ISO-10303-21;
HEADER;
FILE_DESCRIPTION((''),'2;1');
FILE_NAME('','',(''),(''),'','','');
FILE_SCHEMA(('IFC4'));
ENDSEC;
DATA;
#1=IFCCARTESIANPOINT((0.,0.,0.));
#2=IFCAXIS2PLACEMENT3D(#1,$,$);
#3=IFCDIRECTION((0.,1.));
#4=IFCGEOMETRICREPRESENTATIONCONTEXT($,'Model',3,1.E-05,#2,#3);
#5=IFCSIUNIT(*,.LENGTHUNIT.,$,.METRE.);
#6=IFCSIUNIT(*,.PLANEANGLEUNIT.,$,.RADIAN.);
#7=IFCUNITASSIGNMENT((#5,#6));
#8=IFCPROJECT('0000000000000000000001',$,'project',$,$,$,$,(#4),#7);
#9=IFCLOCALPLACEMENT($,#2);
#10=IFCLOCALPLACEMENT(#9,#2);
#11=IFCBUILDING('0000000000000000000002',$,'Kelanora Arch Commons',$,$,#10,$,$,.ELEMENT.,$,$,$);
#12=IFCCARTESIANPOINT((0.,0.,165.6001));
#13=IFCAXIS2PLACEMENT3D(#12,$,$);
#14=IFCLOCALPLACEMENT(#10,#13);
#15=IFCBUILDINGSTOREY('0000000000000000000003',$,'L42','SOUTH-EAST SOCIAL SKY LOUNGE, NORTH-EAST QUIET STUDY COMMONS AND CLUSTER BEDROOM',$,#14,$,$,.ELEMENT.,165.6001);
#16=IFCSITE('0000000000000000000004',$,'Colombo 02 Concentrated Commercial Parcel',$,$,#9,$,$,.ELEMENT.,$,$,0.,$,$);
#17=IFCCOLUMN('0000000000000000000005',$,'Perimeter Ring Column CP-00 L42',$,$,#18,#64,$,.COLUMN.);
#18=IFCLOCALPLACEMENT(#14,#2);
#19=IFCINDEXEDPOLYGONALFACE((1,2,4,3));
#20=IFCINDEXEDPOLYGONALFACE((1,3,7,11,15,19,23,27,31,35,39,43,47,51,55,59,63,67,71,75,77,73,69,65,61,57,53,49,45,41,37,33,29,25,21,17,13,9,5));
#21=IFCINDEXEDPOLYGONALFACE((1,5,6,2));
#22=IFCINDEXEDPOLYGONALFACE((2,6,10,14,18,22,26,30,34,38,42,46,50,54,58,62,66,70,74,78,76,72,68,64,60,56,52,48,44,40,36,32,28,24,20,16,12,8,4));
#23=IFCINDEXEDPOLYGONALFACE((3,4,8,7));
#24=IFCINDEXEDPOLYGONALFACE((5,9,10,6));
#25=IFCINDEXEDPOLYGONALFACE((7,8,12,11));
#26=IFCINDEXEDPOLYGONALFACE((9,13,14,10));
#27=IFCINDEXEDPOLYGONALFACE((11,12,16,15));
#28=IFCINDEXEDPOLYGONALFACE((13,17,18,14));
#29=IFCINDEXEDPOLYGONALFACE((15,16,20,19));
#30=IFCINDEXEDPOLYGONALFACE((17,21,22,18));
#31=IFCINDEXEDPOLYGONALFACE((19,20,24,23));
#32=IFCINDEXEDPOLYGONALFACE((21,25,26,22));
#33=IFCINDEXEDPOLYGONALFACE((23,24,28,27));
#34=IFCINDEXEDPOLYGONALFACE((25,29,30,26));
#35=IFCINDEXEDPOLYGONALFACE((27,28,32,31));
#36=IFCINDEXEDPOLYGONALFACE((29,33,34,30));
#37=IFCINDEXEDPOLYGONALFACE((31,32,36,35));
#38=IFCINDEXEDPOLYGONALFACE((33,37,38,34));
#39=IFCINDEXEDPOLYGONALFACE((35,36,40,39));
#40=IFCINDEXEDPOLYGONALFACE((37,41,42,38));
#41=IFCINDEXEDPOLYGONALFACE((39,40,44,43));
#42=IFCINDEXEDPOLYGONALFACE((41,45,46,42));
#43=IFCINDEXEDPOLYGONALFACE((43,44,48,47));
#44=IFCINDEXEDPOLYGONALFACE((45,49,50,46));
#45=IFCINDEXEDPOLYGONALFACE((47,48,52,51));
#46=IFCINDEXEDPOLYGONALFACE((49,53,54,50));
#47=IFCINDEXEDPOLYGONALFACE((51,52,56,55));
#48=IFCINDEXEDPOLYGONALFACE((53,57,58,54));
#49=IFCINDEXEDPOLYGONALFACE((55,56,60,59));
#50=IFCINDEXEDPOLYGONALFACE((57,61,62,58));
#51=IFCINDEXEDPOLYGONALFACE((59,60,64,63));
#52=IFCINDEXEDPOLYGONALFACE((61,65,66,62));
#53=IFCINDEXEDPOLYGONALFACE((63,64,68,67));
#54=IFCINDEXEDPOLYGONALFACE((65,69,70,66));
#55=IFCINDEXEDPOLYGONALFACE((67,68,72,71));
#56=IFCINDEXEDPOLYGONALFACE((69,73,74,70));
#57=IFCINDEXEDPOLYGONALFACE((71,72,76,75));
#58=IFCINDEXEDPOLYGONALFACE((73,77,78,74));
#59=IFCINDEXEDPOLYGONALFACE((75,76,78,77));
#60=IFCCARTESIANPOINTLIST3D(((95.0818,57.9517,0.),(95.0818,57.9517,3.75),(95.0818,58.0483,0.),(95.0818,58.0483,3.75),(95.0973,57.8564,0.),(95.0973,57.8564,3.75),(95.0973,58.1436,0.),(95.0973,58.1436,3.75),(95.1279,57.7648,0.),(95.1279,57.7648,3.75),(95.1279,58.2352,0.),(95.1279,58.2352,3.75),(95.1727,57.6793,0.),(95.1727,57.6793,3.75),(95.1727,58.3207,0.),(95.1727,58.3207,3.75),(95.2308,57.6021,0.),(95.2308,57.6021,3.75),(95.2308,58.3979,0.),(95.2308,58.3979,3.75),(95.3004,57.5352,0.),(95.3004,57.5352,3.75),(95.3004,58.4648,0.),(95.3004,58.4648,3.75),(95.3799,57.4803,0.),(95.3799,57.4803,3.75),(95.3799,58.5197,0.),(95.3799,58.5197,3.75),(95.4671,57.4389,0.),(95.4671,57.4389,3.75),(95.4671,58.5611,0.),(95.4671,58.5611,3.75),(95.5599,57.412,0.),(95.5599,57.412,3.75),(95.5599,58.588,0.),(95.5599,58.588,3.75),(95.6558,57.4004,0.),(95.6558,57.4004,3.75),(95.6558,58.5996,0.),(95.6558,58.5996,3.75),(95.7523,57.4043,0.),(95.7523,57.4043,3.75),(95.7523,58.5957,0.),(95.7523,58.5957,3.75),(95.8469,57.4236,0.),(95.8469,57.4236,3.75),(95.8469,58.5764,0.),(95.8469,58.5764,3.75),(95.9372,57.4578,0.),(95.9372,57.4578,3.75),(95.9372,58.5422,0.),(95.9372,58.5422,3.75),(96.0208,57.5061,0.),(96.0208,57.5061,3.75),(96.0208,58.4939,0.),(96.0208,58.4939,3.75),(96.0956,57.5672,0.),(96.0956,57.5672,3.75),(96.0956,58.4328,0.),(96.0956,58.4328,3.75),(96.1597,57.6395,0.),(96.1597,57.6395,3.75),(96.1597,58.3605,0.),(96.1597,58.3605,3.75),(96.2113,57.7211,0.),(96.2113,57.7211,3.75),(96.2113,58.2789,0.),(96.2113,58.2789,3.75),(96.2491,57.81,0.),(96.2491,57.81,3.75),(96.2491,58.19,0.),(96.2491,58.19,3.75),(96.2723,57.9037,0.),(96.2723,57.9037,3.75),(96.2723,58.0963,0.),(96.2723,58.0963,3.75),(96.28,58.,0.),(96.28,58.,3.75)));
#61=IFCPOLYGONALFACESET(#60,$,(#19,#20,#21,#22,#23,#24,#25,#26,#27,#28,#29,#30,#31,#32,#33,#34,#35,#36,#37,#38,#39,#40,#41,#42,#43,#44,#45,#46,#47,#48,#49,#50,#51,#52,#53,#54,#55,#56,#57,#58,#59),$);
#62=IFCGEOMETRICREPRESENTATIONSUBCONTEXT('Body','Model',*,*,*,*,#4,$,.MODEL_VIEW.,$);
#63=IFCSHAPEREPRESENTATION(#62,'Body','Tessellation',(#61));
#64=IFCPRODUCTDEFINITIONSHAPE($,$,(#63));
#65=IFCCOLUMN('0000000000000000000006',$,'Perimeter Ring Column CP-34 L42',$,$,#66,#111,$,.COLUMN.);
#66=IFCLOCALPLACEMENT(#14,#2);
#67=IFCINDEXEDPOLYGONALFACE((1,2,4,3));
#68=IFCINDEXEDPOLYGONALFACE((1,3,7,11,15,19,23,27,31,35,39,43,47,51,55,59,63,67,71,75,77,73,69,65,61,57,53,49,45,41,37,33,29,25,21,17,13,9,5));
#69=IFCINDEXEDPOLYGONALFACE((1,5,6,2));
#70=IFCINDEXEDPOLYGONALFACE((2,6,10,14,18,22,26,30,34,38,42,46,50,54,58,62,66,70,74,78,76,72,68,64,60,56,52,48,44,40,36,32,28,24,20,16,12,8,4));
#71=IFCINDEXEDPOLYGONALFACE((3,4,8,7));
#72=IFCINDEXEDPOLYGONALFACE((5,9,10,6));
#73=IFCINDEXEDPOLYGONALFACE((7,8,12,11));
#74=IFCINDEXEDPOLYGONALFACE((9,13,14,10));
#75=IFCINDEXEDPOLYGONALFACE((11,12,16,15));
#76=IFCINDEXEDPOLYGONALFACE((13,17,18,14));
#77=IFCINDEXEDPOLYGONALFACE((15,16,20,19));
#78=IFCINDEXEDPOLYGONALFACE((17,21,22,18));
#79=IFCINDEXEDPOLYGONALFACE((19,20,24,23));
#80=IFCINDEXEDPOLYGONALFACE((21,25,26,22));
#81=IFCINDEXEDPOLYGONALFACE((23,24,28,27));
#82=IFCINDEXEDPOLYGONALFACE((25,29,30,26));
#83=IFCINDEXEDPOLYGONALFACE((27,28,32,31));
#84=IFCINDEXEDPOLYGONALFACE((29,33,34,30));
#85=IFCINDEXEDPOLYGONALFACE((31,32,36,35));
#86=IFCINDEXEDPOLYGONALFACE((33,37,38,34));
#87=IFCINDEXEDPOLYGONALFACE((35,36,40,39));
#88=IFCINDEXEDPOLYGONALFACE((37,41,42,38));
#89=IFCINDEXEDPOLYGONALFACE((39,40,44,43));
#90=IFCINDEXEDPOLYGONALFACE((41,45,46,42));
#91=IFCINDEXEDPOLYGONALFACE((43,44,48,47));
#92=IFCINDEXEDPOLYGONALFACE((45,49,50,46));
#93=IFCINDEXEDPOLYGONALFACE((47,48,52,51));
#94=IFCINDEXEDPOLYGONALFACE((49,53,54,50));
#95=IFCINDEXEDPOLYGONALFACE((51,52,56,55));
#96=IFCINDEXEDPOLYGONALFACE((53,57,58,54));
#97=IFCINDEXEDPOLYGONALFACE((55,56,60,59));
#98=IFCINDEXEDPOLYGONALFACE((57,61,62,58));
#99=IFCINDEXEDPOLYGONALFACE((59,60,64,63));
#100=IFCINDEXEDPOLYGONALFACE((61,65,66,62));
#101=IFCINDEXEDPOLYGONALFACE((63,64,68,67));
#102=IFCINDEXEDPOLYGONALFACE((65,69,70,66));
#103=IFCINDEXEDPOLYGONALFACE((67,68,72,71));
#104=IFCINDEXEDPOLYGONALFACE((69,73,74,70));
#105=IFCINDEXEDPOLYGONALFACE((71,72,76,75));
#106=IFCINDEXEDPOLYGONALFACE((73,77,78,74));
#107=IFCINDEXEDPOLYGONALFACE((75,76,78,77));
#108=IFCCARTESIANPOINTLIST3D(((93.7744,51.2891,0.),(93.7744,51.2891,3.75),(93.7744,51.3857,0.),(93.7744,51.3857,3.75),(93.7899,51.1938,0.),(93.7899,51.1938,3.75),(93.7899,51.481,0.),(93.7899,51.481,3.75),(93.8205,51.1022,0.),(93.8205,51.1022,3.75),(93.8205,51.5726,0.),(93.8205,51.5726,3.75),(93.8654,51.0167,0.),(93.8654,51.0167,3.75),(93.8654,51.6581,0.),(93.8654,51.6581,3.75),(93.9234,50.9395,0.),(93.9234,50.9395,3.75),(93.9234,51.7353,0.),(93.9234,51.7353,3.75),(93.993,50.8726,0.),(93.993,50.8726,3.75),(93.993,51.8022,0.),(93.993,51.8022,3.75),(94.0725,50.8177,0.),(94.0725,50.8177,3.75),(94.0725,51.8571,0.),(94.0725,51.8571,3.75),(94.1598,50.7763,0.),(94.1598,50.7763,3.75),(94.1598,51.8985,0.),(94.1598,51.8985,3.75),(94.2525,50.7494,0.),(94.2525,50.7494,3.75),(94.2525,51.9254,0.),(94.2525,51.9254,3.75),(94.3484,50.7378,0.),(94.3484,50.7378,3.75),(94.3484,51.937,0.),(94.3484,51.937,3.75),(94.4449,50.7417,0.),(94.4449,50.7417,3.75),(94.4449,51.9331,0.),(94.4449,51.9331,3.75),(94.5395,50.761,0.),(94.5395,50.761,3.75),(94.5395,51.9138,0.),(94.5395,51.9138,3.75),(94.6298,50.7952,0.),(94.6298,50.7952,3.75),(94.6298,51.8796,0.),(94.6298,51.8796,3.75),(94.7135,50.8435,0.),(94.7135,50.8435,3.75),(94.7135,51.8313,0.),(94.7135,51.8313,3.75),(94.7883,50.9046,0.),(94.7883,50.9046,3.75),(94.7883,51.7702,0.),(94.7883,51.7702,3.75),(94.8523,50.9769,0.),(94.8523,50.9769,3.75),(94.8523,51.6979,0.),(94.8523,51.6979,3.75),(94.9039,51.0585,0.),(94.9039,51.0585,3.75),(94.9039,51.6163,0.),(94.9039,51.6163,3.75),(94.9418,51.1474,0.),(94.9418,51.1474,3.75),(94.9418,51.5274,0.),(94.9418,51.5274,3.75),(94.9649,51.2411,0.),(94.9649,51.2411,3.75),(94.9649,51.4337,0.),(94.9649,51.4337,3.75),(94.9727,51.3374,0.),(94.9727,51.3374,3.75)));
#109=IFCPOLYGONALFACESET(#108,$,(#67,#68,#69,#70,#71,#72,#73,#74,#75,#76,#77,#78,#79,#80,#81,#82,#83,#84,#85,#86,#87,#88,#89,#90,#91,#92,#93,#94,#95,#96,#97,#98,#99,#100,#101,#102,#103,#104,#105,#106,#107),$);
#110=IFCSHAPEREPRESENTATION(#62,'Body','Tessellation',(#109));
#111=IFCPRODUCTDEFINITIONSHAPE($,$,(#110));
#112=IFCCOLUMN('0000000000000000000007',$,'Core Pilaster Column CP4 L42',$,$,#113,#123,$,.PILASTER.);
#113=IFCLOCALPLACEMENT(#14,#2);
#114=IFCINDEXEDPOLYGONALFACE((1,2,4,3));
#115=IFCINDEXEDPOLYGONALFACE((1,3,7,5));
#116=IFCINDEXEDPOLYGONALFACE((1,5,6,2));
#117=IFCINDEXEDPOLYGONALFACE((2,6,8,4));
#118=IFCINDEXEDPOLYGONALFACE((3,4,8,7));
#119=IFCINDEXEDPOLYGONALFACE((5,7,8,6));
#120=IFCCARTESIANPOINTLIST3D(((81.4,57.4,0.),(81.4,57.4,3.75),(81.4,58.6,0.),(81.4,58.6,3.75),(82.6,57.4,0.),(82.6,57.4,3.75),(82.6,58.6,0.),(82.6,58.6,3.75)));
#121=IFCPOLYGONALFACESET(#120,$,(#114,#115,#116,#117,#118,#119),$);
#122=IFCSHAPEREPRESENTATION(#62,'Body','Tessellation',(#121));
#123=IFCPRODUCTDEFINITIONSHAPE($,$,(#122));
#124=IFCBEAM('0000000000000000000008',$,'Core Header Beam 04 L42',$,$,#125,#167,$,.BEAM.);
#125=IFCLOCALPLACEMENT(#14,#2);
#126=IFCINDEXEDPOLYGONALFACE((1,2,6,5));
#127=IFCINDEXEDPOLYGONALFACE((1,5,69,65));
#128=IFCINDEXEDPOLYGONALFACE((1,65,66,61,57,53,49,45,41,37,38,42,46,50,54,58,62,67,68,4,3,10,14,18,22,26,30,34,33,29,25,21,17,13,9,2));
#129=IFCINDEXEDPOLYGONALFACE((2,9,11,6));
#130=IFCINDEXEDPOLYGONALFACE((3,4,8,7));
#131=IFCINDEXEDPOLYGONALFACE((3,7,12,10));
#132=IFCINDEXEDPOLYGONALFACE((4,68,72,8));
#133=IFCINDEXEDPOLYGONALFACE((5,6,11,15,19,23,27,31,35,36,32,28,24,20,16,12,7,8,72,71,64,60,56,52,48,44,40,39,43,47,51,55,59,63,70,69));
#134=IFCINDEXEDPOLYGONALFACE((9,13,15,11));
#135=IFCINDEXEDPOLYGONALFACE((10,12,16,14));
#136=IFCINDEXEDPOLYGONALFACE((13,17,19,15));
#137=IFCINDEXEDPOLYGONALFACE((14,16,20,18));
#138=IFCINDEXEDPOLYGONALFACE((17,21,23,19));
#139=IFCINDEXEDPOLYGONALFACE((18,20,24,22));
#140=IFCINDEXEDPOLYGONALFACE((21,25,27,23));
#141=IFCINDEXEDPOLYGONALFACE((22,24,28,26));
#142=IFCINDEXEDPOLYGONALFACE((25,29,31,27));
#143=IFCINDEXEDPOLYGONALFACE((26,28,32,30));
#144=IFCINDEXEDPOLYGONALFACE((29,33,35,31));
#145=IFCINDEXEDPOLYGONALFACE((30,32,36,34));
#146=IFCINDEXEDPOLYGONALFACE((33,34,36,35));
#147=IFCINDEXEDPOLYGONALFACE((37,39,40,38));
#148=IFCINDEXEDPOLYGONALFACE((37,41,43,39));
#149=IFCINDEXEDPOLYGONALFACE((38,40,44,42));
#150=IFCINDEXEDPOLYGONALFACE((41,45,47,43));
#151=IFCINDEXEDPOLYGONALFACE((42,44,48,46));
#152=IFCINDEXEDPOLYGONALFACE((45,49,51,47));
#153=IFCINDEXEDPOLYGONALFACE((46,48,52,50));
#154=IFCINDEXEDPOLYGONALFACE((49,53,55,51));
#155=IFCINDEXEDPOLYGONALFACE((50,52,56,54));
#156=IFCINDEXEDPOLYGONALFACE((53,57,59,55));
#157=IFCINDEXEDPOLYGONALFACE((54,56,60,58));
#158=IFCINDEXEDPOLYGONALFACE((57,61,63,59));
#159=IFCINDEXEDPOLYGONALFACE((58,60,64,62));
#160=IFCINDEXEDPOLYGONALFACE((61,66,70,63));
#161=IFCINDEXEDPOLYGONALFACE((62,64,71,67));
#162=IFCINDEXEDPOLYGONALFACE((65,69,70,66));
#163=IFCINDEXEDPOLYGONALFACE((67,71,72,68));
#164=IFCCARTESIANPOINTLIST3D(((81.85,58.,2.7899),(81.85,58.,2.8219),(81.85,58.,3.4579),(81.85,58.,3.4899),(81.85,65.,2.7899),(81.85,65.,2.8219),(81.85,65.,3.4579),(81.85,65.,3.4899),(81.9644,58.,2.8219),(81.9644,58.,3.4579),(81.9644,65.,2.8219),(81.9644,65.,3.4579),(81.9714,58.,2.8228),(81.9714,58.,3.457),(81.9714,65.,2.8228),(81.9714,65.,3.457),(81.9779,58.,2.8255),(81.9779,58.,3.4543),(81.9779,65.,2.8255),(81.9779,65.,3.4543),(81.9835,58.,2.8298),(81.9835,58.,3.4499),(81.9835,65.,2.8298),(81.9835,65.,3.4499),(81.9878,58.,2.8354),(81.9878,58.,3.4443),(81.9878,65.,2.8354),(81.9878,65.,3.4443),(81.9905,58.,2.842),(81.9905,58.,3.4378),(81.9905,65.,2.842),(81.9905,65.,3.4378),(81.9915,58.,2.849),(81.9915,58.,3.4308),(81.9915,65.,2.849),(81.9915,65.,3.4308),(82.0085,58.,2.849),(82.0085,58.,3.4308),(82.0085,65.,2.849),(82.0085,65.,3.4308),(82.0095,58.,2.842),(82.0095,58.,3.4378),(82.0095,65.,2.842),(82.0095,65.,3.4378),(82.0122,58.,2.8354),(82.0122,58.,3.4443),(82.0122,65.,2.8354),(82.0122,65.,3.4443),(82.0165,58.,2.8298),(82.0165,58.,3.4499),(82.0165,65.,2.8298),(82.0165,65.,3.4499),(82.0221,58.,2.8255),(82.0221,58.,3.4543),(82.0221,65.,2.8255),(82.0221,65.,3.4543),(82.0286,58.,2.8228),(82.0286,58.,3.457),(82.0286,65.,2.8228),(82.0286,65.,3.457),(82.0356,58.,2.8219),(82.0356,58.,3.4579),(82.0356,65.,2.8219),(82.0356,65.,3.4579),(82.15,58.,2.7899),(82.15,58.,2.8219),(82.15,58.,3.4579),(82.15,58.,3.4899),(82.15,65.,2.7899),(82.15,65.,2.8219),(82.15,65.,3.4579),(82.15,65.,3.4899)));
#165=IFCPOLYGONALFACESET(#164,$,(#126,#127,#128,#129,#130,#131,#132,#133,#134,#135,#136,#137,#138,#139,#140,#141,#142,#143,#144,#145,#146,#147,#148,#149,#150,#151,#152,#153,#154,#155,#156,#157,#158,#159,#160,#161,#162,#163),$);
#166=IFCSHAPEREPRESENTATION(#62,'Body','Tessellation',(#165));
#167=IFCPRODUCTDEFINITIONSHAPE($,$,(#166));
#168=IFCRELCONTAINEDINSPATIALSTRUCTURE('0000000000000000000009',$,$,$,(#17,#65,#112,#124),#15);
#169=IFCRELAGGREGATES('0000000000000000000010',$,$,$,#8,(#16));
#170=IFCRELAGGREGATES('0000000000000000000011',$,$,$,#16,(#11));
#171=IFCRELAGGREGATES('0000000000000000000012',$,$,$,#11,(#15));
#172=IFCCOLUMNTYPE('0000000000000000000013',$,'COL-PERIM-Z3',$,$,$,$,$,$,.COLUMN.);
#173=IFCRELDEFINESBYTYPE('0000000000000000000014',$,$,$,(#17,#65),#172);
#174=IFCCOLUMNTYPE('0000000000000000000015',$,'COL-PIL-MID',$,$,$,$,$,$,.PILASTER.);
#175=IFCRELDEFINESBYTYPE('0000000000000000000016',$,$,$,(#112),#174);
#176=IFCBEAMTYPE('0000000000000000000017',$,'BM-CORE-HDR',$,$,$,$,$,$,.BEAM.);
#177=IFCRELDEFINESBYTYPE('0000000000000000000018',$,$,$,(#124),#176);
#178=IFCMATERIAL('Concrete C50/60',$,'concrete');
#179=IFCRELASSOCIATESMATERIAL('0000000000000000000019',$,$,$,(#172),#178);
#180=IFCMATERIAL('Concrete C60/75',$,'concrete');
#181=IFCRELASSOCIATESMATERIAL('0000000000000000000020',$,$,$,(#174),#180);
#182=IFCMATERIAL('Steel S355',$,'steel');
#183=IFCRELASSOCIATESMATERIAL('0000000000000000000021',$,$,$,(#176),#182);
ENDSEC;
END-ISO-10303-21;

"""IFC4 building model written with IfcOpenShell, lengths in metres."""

from ifc_helpers import new_model, si_unit, direction, frame, origin, origin_2d, place, context, subcontext, project, spatial, rectangle, circle, i_section, extrude, material, material_profile, profile_set, type_object, element, save


model = new_model("IFC4")

# Units and contexts
model_context = context("Model", 3, precision=1e-05, world=origin(), true_north=direction((0.0, 1.0)))
body_context = subcontext(model_context, "Body", "Model", "MODEL_VIEW")
ifc_project = project(units=[si_unit("LENGTHUNIT", "METRE"), si_unit("PLANEANGLEUNIT", "RADIAN")], contexts=[model_context])

# Site, building, storey
site_placement = place(None, origin())
site = spatial("IfcSite", under=ifc_project, at=site_placement, Name="Colombo 02 Concentrated Commercial Parcel", CompositionType="ELEMENT", RefElevation=0.0)
building_placement = place(site_placement, origin())
building = spatial("IfcBuilding", under=site, at=building_placement, Name="Kelanora Arch Commons", CompositionType="ELEMENT")
storey_placement = place(building_placement, frame((0.0, 0.0, 165.6001)))
storey = spatial("IfcBuildingStorey", under=building, at=storey_placement, Name="L42", Description="SOUTH-EAST SOCIAL SKY LOUNGE, NORTH-EAST QUIET STUDY COMMONS AND CLUSTER BEDROOM", CompositionType="ELEMENT", Elevation=165.6001)

# Columns
ifc_material_1 = material(Name="Concrete C50/60", Category="concrete")
ifc_material_profile_1 = material_profile(ifc_material_1, circle(Radius=0.6001, at=origin_2d()), Name="RCC1200")
ifc_profile_set_1 = profile_set([ifc_material_profile_1], Name="Concrete C50/60")
column_type_1 = type_object("IfcColumnType", Name="COL-PERIM-Z3", PredefinedType="COLUMN", material=ifc_profile_set_1)
for number, where, z_axis, x_axis, name in (
    (1, (95.6799, 58.0, 0.0), (0.0, 0.0, 1.0), (1.0, 0.0, 0.0), "Perimeter Ring Column CP-00 L42"),
    (2, (94.3726, 51.3374, 0.0), (0.0, 0.0, 1.0), (1.0, 0.0, 0.0), "Perimeter Ring Column CP-34 L42"),
):
    element("IfcColumn", number, at=place(storey_placement, frame(where, z_axis=z_axis, x_axis=x_axis)), inside=storey, type_object=column_type_1, Name=name, PredefinedType="COLUMN", context=body_context, shape_type="SweptSolid", body=[
        extrude(circle(Radius=0.6001, at=origin_2d()), origin(), (0.0, 0.0, 1.0), 3.75),
    ])
ifc_material_2 = material(Name="Concrete C60/75", Category="concrete")
ifc_material_profile_2 = material_profile(ifc_material_2, rectangle(XDim=1.2, YDim=1.2, at=origin_2d()), Name="RC1200x1200")
ifc_profile_set_2 = profile_set([ifc_material_profile_2], Name="Concrete C60/75")
column_type_2 = type_object("IfcColumnType", Name="COL-PIL-MID", PredefinedType="PILASTER", material=ifc_profile_set_2)
column_placement = place(storey_placement, frame((82.0, 58.0, 0.0), z_axis=(0.0, 0.0, 1.0), x_axis=(1.0, 0.0, 0.0)))
element("IfcColumn", 3, at=column_placement, inside=storey, type_object=column_type_2, Name="Core Pilaster Column CP4 L42", PredefinedType="PILASTER", context=body_context, shape_type="SweptSolid", body=[
    extrude(rectangle(XDim=1.2, YDim=1.2, at=origin_2d()), origin(), (0.0, 0.0, 1.0), 3.75),
])

# Beam
ifc_material_3 = material(Name="Steel S355", Category="steel")
ifc_material_profile_3 = material_profile(ifc_material_3, i_section(OverallWidth=0.3, OverallDepth=0.7, WebThickness=0.0171, FlangeThickness=0.032, FilletRadius=0.0271, at=origin_2d()), Name="HEB700")
ifc_profile_set_3 = profile_set([ifc_material_profile_3], Name="Steel S355")
beam_type_1 = type_object("IfcBeamType", Name="BM-CORE-HDR", PredefinedType="BEAM", material=ifc_profile_set_3)
beam_1_placement = place(storey_placement, frame((82.0, 58.0, 3.1399), z_axis=(0.0, 1.0, 0.0), x_axis=(-1.0, 0.0, 0.0)))
element("IfcBeam", 4, at=beam_1_placement, inside=storey, type_object=beam_type_1, Name="Core Header Beam 04 L42", PredefinedType="BEAM", context=body_context, shape_type="SweptSolid", body=[
    extrude(i_section(OverallWidth=0.3, OverallDepth=0.7, WebThickness=0.0171, FlangeThickness=0.032, FilletRadius=0.0271, at=origin_2d()), origin(), (0.0, 0.0, 1.0), 7.0),
])

save(model, "model.ifc")
